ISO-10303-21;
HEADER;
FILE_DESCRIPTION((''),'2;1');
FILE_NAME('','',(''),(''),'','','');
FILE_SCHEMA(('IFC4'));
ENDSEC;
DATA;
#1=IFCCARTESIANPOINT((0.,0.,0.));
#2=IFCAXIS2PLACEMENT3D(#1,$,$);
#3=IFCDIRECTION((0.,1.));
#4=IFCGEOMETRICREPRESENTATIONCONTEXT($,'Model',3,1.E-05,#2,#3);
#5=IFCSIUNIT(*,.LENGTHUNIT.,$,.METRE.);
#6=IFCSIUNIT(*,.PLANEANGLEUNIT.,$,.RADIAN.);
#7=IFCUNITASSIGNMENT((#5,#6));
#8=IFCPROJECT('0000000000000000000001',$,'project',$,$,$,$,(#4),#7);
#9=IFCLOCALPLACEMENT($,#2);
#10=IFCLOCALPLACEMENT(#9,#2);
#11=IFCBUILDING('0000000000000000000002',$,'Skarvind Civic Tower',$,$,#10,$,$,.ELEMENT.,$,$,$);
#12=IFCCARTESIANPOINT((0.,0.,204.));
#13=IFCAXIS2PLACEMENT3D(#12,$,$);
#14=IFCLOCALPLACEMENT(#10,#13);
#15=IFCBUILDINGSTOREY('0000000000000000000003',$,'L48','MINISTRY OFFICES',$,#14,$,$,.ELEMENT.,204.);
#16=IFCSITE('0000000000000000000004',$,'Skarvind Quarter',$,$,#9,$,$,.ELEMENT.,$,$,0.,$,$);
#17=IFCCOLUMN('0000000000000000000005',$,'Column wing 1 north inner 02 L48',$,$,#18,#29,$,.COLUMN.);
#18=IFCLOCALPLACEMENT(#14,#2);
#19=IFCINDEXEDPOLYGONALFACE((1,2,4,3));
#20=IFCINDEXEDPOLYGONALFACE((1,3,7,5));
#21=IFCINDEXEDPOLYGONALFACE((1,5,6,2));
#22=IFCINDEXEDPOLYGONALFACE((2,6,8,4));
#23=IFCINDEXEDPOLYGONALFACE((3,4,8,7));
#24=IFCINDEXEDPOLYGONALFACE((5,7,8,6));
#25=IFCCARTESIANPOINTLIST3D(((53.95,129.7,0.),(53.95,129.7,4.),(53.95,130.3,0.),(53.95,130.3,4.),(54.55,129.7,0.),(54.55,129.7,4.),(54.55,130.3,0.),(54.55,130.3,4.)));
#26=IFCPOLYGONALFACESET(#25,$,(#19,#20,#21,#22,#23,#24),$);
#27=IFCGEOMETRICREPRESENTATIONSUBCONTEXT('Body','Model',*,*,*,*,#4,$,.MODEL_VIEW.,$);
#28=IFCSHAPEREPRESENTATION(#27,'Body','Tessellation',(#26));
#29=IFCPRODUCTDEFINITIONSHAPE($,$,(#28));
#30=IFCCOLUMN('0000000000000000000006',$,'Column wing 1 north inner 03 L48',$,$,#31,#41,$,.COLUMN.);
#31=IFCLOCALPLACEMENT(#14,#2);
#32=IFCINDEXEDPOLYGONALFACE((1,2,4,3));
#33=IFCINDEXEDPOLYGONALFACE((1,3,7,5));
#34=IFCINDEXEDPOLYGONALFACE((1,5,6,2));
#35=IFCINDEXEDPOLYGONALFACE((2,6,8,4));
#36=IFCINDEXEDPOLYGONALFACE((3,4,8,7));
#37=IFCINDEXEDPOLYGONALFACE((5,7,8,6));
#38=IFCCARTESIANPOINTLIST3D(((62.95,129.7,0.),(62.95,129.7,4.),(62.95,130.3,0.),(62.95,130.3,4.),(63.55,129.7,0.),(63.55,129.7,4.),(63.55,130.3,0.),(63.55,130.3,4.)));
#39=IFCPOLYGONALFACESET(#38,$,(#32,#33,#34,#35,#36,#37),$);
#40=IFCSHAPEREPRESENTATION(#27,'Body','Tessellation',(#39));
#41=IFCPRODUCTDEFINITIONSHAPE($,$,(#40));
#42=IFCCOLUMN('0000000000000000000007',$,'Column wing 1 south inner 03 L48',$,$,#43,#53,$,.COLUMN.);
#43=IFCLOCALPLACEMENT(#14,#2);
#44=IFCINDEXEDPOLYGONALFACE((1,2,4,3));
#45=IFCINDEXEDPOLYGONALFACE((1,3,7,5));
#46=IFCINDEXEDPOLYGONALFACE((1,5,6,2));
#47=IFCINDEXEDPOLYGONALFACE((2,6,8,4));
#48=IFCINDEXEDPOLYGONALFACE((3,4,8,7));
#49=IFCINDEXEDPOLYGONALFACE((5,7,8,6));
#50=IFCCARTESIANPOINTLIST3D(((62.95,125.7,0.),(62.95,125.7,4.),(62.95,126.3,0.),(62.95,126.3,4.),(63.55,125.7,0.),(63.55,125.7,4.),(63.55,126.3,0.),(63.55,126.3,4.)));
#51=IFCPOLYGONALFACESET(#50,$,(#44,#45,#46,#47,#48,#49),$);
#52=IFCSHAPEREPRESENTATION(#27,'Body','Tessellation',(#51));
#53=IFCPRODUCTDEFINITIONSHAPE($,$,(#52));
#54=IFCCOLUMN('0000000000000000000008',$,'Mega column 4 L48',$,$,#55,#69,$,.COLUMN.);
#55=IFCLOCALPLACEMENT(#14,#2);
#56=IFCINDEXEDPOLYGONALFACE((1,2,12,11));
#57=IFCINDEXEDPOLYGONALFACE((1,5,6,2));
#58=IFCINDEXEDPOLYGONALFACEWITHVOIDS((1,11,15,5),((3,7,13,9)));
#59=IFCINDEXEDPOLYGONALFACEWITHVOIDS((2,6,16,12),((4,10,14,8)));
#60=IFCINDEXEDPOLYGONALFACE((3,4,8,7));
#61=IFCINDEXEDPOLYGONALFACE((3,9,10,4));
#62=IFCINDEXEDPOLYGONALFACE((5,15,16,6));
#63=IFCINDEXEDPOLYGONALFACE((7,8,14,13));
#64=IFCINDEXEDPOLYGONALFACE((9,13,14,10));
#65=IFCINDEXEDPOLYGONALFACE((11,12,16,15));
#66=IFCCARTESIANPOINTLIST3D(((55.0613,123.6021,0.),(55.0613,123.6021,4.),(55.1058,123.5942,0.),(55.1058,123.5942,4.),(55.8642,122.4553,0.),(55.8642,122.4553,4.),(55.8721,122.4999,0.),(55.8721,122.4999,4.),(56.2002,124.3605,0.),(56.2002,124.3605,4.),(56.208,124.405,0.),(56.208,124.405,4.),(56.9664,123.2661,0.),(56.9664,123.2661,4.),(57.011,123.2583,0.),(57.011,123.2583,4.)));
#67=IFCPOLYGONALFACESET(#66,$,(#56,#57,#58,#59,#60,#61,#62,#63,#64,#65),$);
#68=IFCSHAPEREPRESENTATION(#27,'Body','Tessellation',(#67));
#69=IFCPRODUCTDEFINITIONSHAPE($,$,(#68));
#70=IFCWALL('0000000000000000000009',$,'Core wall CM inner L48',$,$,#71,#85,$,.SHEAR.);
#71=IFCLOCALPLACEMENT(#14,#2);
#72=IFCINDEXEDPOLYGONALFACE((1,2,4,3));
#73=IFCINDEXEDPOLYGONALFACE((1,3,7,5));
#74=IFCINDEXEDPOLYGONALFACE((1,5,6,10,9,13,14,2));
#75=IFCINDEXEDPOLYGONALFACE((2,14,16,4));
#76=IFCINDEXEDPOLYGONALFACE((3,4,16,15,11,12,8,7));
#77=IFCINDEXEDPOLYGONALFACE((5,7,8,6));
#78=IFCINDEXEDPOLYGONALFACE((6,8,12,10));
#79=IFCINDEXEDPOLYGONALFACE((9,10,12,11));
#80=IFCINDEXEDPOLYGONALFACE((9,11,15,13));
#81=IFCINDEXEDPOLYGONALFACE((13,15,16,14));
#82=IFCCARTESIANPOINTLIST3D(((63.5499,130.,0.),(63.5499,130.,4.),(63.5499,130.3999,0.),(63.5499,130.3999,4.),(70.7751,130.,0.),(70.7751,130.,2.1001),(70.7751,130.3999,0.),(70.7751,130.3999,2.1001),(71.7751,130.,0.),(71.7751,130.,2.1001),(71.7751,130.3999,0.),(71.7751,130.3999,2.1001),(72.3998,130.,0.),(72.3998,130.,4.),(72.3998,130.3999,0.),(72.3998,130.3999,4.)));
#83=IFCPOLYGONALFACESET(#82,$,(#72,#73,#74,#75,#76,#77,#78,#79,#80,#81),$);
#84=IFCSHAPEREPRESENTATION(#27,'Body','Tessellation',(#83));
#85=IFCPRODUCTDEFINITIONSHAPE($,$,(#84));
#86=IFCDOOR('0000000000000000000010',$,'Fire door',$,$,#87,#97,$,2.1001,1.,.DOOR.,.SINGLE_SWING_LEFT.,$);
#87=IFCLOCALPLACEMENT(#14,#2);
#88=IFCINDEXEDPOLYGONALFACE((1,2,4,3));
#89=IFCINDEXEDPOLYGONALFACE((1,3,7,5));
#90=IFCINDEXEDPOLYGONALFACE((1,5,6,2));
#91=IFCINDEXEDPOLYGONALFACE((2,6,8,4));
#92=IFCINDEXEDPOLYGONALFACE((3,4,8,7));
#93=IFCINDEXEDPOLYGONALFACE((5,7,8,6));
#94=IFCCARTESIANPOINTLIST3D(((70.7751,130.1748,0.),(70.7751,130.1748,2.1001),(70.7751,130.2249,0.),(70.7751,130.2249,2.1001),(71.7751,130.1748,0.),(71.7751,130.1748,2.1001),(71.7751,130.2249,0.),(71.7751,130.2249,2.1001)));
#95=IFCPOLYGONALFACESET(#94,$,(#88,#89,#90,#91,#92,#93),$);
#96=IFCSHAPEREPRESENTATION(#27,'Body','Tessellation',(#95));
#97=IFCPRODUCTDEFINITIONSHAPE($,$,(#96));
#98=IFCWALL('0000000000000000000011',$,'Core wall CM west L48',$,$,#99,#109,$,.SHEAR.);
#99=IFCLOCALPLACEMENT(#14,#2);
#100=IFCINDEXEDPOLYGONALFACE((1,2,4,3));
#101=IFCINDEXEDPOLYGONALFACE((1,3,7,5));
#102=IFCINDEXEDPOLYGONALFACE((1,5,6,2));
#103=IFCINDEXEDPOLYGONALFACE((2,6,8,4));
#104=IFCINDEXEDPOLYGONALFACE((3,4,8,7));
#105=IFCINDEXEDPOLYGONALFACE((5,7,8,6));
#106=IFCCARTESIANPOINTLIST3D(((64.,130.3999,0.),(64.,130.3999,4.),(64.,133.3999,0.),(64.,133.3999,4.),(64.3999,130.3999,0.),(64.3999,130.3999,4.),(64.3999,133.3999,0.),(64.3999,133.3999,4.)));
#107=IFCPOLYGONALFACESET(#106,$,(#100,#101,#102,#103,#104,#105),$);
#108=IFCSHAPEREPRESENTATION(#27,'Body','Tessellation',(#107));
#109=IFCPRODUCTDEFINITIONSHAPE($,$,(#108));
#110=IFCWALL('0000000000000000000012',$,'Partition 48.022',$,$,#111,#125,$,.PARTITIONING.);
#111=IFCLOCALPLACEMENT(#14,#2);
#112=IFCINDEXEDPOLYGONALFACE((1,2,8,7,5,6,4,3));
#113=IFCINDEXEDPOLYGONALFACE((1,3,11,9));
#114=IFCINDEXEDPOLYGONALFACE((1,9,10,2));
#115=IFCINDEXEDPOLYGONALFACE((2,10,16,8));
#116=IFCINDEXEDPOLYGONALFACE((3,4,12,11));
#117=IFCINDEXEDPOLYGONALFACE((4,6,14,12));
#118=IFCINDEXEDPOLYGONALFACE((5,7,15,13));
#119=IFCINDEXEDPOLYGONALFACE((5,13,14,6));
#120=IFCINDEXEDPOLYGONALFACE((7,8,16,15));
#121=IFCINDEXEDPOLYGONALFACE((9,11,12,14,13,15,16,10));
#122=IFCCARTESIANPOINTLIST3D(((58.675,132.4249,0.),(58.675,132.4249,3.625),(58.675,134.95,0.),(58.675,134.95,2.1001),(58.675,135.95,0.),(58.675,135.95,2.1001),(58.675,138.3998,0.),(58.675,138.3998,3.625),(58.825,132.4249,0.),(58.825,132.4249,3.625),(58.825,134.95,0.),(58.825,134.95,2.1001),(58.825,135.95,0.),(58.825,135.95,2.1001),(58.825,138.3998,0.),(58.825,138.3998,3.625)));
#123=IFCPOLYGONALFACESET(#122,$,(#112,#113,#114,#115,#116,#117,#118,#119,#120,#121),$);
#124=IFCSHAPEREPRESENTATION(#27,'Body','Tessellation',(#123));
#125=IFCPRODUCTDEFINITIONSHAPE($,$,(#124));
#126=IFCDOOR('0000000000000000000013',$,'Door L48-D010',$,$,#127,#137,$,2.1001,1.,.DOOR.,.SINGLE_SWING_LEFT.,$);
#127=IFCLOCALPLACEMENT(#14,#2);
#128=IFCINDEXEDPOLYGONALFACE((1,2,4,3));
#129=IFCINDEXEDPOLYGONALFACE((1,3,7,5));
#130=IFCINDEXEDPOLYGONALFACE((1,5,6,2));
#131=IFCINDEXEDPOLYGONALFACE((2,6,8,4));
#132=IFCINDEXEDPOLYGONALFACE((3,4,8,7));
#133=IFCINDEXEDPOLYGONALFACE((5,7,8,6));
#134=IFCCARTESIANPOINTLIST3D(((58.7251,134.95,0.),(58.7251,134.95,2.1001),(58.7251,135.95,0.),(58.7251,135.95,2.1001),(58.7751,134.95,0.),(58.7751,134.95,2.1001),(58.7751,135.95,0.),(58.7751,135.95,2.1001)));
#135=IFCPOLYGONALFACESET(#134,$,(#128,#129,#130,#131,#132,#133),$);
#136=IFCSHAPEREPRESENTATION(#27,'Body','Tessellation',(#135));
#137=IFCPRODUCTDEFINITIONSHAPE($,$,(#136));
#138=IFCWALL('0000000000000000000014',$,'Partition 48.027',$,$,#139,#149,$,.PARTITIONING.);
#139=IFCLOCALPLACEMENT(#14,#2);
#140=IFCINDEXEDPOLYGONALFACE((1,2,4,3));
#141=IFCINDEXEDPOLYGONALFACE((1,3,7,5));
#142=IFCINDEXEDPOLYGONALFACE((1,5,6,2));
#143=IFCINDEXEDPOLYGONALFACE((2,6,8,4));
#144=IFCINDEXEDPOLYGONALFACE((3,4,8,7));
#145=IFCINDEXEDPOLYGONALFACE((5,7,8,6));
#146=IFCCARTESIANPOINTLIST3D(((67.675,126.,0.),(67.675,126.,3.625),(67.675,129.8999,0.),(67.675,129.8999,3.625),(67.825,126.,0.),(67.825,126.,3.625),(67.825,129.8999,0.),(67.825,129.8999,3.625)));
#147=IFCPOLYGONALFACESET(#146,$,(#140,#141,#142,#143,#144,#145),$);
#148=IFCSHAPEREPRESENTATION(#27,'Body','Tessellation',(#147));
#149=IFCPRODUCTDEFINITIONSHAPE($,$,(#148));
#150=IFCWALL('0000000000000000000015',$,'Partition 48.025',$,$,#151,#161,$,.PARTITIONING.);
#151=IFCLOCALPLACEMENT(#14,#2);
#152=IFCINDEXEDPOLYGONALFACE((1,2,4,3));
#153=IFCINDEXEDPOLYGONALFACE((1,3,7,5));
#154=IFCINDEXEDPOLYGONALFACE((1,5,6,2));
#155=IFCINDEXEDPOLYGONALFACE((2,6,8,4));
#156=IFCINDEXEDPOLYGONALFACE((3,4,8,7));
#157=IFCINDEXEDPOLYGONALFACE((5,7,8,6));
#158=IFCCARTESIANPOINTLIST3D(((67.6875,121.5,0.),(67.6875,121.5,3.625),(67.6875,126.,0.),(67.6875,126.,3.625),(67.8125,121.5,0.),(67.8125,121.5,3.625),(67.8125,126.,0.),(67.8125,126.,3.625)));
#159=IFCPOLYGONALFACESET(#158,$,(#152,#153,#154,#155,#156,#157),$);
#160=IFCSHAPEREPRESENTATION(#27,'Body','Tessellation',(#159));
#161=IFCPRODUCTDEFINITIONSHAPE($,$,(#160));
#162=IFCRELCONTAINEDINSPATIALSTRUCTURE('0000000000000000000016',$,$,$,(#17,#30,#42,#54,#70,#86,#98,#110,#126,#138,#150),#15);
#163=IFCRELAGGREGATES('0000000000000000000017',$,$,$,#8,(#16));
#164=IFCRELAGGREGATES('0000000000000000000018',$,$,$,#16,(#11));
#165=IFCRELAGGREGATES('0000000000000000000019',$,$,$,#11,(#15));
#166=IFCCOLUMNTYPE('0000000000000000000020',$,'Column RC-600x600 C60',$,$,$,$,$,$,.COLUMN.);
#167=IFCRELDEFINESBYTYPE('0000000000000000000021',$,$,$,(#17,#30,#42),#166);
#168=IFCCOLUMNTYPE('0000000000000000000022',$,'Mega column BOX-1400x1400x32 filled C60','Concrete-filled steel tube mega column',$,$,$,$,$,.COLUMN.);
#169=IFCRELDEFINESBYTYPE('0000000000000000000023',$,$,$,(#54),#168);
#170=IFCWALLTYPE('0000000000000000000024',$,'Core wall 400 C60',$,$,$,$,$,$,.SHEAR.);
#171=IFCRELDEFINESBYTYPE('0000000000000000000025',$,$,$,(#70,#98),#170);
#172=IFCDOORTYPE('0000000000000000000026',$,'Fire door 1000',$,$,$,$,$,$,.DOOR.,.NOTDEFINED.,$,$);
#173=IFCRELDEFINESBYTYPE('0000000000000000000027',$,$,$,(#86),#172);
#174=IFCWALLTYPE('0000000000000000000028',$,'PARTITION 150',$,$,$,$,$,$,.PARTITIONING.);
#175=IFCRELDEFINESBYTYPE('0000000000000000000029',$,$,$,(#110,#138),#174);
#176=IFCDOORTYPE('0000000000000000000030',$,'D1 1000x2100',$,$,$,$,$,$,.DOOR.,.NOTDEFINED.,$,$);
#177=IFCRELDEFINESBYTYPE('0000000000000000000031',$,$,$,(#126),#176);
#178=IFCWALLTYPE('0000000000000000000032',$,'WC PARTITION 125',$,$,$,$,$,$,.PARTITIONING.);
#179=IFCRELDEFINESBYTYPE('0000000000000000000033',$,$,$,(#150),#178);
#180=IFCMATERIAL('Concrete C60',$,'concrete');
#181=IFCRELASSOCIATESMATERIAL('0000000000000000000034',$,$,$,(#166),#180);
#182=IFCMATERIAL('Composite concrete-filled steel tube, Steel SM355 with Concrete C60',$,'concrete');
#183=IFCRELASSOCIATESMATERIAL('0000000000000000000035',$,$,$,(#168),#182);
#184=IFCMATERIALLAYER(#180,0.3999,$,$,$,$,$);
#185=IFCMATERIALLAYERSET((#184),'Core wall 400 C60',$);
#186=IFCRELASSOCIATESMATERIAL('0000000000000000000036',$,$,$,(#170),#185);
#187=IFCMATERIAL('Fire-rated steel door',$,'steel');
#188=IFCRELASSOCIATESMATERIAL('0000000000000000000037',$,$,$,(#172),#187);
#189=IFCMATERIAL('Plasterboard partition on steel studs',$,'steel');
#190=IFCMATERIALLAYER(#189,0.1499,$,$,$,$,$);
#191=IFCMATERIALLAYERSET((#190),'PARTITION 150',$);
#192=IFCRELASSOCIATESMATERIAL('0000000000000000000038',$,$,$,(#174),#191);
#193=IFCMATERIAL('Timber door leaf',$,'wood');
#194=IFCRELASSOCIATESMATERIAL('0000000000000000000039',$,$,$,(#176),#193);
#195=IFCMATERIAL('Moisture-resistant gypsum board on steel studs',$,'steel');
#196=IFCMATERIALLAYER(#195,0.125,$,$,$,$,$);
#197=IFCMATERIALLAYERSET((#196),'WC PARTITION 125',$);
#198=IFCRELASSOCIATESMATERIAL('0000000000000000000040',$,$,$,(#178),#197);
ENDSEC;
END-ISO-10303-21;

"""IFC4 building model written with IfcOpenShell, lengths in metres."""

from ifc_helpers import new_model, si_unit, direction, frame, frame_2d, origin, origin_2d, place, context, subcontext, project, spatial, rectangle, hollow_rectangle, extrude, material, layer, layer_set, material_profile, profile_set, type_object, element, fill, save


model = new_model("IFC4")

# Units and contexts
model_context = context("Model", 3, precision=1e-05, world=origin(), true_north=direction((0.0, 1.0)))
body_context = subcontext(model_context, "Body", "Model", "MODEL_VIEW")
ifc_project = project(units=[si_unit("LENGTHUNIT", "METRE"), si_unit("PLANEANGLEUNIT", "RADIAN")], contexts=[model_context])

# Site, building, storey
site_placement = place(None, origin())
site = spatial("IfcSite", under=ifc_project, at=site_placement, Name="Skarvind Quarter", CompositionType="ELEMENT", RefElevation=0.0)
building_placement = place(site_placement, origin())
building = spatial("IfcBuilding", under=site, at=building_placement, Name="Skarvind Civic Tower", CompositionType="ELEMENT")
storey_placement = place(building_placement, frame((0.0, 0.0, 204.0)))
storey = spatial("IfcBuildingStorey", under=building, at=storey_placement, Name="L48", Description="MINISTRY OFFICES", CompositionType="ELEMENT", Elevation=204.0)

# Columns
ifc_material_1 = material(Name="Concrete C60", Category="concrete")
ifc_material_profile_1 = material_profile(ifc_material_1, rectangle(XDim=0.6001, YDim=0.6001, at=origin_2d()), Name="RC-600x600")
ifc_profile_set_1 = profile_set([ifc_material_profile_1], Name="Concrete C60")
column_type_1 = type_object("IfcColumnType", Name="Column RC-600x600 C60", PredefinedType="COLUMN", material=ifc_profile_set_1)
for number, where, z_axis, x_axis, name in (
    (1, (54.25, 130.0, 0.0), (0.0, 0.0, 1.0), (1.0, 0.0, 0.0), "Column wing 1 north inner 02 L48"),
    (2, (63.25, 130.0, 0.0), (0.0, 0.0, 1.0), (1.0, 0.0, 0.0), "Column wing 1 north inner 03 L48"),
    (3, (63.25, 126.0, 0.0), (0.0, 0.0, 1.0), (1.0, 0.0, 0.0), "Column wing 1 south inner 03 L48"),
):
    element("IfcColumn", number, at=place(storey_placement, frame(where, z_axis=z_axis, x_axis=x_axis)), inside=storey, type_object=column_type_1, Name=name, PredefinedType="COLUMN", context=body_context, shape_type="SweptSolid", body=[
        extrude(rectangle(XDim=0.6001, YDim=0.6001, at=origin_2d()), origin(), (0.0, 0.0, 1.0), 4.0),
    ])
ifc_material_2 = material(Name="Composite concrete-filled steel tube, Steel SM355 with Concrete C60", Category="concrete")
ifc_material_profile_2 = material_profile(ifc_material_2, hollow_rectangle(XDim=1.3999, YDim=1.3999, WallThickness=0.032, at=origin_2d()), Name="BOX-1400x1400x32")
ifc_profile_set_2 = profile_set([ifc_material_profile_2], Name="Composite concrete-filled steel tube, Steel SM355 with Concrete C60")
column_type_2 = type_object("IfcColumnType", Name="Mega column BOX-1400x1400x32 filled C60", Description="Concrete-filled steel tube mega column", PredefinedType="COLUMN", material=ifc_profile_set_2)
column_placement = place(storey_placement, frame((56.0361, 123.4302, 0.0), z_axis=(0.0, 0.0, 1.0), x_axis=(0.573576, -0.819152, 0.0)))
element("IfcColumn", 4, at=column_placement, inside=storey, type_object=column_type_2, Name="Mega column 4 L48", PredefinedType="COLUMN", context=body_context, shape_type="SweptSolid", body=[
    extrude(hollow_rectangle(XDim=1.3999, YDim=1.3999, WallThickness=0.032, at=origin_2d()), origin(), (0.0, 0.0, 1.0), 4.0),
])

# Wall, opening, door
ifc_layer_1 = layer(ifc_material_1, 0.3999)
ifc_layer_set_1 = layer_set([ifc_layer_1], Name="Core wall 400 C60")
wall_type_1 = type_object("IfcWallType", Name="Core wall 400 C60", PredefinedType="SHEAR", material=ifc_layer_set_1)
wall_1_placement = place(storey_placement, frame((63.55, 130.2, 0.0), z_axis=(0.0, 0.0, 1.0), x_axis=(1.0, 0.0, 0.0)))
wall_1 = element("IfcWall", 5, at=wall_1_placement, inside=storey, type_object=wall_type_1, Name="Core wall CM inner L48", PredefinedType="SHEAR", context=body_context, shape_type="SweptSolid", body=[
    extrude(rectangle(XDim=8.8499, YDim=0.3999, at=frame_2d((4.4248, 0.0))), origin(), (0.0, 0.0, 1.0), 4.0),
])
opening_1_placement = place(wall_1_placement, frame((7.2251, 0.0, 0.0)))
opening_1 = element("IfcOpeningElement", 6, at=opening_1_placement, cuts=wall_1, PredefinedType="OPENING", context=body_context, shape_type="SweptSolid", body=[
    extrude(rectangle(XDim=1.0, YDim=2.1001, at=frame_2d((0.5, 1.05))), frame((0.0, 0.21, 0.0), z_axis=(0.0, -1.0, 0.0), x_axis=(1.0, 0.0, 0.0)), (0.0, 0.0, 1.0), 0.4199),
])
ifc_material_3 = material(Name="Fire-rated steel door", Category="steel")
door_type_1 = type_object("IfcDoorType", Name="Fire door 1000", OperationType="NOTDEFINED", PredefinedType="DOOR", material=ifc_material_3)
door_1_placement = place(opening_1_placement, origin())
door_1 = element("IfcDoor", 7, at=door_1_placement, inside=storey, type_object=door_type_1, Name="Fire door", OperationType="SINGLE_SWING_LEFT", OverallHeight=2.1001, OverallWidth=1.0, PredefinedType="DOOR", context=body_context, shape_type="SweptSolid", body=[
    extrude(rectangle(XDim=1.0, YDim=2.1001, at=frame_2d((0.5, 1.05))), frame((0.0, 0.0249, 0.0), z_axis=(0.0, -1.0, 0.0), x_axis=(1.0, 0.0, 0.0)), (0.0, 0.0, 1.0), 0.05),
])
fill(opening_1, door_1)

# Wall
wall_2_placement = place(storey_placement, frame((64.2, 130.3999, 0.0), z_axis=(0.0, 0.0, 1.0), x_axis=(0.0, 1.0, 0.0)))
element("IfcWall", 8, at=wall_2_placement, inside=storey, type_object=wall_type_1, Name="Core wall CM west L48", PredefinedType="SHEAR", context=body_context, shape_type="SweptSolid", body=[
    extrude(rectangle(XDim=3.0, YDim=0.3999, at=frame_2d((1.5, 0.0))), origin(), (0.0, 0.0, 1.0), 4.0),
])

# Wall, opening, door
ifc_material_4 = material(Name="Plasterboard partition on steel studs", Category="steel")
ifc_layer_2 = layer(ifc_material_4, 0.1499)
ifc_layer_set_2 = layer_set([ifc_layer_2], Name="PARTITION 150")
wall_type_2 = type_object("IfcWallType", Name="PARTITION 150", PredefinedType="PARTITIONING", material=ifc_layer_set_2)
wall_3_placement = place(storey_placement, frame((58.75, 132.425, 0.0), z_axis=(0.0, 0.0, 1.0), x_axis=(0.0, 1.0, 0.0)))
wall_3 = element("IfcWall", 9, at=wall_3_placement, inside=storey, type_object=wall_type_2, Name="Partition 48.022", PredefinedType="PARTITIONING", context=body_context, shape_type="SweptSolid", body=[
    extrude(rectangle(XDim=5.9749, YDim=0.1499, at=frame_2d((2.9873, 0.0))), origin(), (0.0, 0.0, 1.0), 3.625),
])
opening_2_placement = place(wall_3_placement, frame((2.5249, 0.0, 0.0)))
opening_2 = element("IfcOpeningElement", 10, at=opening_2_placement, cuts=wall_3, PredefinedType="OPENING", context=body_context, shape_type="SweptSolid", body=[
    extrude(rectangle(XDim=1.0, YDim=2.1001, at=frame_2d((0.5, 1.05))), frame((0.0, 0.085, 0.0), z_axis=(0.0, -1.0, 0.0), x_axis=(1.0, 0.0, 0.0)), (0.0, 0.0, 1.0), 0.1699),
])
ifc_material_5 = material(Name="Timber door leaf", Category="wood")
door_type_2 = type_object("IfcDoorType", Name="D1 1000x2100", OperationType="NOTDEFINED", PredefinedType="DOOR", material=ifc_material_5)
door_2_placement = place(opening_2_placement, origin())
door_2 = element("IfcDoor", 11, at=door_2_placement, inside=storey, type_object=door_type_2, Name="Door L48-D010", OperationType="SINGLE_SWING_LEFT", OverallHeight=2.1001, OverallWidth=1.0, PredefinedType="DOOR", context=body_context, shape_type="SweptSolid", body=[
    extrude(rectangle(XDim=1.0, YDim=2.1001, at=frame_2d((0.5, 1.05))), frame((0.0, 0.0249, 0.0), z_axis=(0.0, -1.0, 0.0), x_axis=(1.0, 0.0, 0.0)), (0.0, 0.0, 1.0), 0.05),
])
fill(opening_2, door_2)

# Walls
wall_4_placement = place(storey_placement, frame((67.75, 126.0, 0.0), z_axis=(0.0, 0.0, 1.0), x_axis=(0.0, 1.0, 0.0)))
element("IfcWall", 12, at=wall_4_placement, inside=storey, type_object=wall_type_2, Name="Partition 48.027", PredefinedType="PARTITIONING", context=body_context, shape_type="SweptSolid", body=[
    extrude(rectangle(XDim=3.8999, YDim=0.1499, at=frame_2d((1.95, 0.0))), origin(), (0.0, 0.0, 1.0), 3.625),
])
ifc_material_6 = material(Name="Moisture-resistant gypsum board on steel studs", Category="steel")
ifc_layer_3 = layer(ifc_material_6, 0.125)
ifc_layer_set_3 = layer_set([ifc_layer_3], Name="WC PARTITION 125")
wall_type_3 = type_object("IfcWallType", Name="WC PARTITION 125", PredefinedType="PARTITIONING", material=ifc_layer_set_3)
wall_5_placement = place(storey_placement, frame((67.75, 121.5, 0.0), z_axis=(0.0, 0.0, 1.0), x_axis=(0.0, 1.0, 0.0)))
element("IfcWall", 13, at=wall_5_placement, inside=storey, type_object=wall_type_3, Name="Partition 48.025", PredefinedType="PARTITIONING", context=body_context, shape_type="SweptSolid", body=[
    extrude(rectangle(XDim=4.5, YDim=0.125, at=frame_2d((2.25, 0.0))), origin(), (0.0, 0.0, 1.0), 3.625),
])

save(model, "model.ifc")
